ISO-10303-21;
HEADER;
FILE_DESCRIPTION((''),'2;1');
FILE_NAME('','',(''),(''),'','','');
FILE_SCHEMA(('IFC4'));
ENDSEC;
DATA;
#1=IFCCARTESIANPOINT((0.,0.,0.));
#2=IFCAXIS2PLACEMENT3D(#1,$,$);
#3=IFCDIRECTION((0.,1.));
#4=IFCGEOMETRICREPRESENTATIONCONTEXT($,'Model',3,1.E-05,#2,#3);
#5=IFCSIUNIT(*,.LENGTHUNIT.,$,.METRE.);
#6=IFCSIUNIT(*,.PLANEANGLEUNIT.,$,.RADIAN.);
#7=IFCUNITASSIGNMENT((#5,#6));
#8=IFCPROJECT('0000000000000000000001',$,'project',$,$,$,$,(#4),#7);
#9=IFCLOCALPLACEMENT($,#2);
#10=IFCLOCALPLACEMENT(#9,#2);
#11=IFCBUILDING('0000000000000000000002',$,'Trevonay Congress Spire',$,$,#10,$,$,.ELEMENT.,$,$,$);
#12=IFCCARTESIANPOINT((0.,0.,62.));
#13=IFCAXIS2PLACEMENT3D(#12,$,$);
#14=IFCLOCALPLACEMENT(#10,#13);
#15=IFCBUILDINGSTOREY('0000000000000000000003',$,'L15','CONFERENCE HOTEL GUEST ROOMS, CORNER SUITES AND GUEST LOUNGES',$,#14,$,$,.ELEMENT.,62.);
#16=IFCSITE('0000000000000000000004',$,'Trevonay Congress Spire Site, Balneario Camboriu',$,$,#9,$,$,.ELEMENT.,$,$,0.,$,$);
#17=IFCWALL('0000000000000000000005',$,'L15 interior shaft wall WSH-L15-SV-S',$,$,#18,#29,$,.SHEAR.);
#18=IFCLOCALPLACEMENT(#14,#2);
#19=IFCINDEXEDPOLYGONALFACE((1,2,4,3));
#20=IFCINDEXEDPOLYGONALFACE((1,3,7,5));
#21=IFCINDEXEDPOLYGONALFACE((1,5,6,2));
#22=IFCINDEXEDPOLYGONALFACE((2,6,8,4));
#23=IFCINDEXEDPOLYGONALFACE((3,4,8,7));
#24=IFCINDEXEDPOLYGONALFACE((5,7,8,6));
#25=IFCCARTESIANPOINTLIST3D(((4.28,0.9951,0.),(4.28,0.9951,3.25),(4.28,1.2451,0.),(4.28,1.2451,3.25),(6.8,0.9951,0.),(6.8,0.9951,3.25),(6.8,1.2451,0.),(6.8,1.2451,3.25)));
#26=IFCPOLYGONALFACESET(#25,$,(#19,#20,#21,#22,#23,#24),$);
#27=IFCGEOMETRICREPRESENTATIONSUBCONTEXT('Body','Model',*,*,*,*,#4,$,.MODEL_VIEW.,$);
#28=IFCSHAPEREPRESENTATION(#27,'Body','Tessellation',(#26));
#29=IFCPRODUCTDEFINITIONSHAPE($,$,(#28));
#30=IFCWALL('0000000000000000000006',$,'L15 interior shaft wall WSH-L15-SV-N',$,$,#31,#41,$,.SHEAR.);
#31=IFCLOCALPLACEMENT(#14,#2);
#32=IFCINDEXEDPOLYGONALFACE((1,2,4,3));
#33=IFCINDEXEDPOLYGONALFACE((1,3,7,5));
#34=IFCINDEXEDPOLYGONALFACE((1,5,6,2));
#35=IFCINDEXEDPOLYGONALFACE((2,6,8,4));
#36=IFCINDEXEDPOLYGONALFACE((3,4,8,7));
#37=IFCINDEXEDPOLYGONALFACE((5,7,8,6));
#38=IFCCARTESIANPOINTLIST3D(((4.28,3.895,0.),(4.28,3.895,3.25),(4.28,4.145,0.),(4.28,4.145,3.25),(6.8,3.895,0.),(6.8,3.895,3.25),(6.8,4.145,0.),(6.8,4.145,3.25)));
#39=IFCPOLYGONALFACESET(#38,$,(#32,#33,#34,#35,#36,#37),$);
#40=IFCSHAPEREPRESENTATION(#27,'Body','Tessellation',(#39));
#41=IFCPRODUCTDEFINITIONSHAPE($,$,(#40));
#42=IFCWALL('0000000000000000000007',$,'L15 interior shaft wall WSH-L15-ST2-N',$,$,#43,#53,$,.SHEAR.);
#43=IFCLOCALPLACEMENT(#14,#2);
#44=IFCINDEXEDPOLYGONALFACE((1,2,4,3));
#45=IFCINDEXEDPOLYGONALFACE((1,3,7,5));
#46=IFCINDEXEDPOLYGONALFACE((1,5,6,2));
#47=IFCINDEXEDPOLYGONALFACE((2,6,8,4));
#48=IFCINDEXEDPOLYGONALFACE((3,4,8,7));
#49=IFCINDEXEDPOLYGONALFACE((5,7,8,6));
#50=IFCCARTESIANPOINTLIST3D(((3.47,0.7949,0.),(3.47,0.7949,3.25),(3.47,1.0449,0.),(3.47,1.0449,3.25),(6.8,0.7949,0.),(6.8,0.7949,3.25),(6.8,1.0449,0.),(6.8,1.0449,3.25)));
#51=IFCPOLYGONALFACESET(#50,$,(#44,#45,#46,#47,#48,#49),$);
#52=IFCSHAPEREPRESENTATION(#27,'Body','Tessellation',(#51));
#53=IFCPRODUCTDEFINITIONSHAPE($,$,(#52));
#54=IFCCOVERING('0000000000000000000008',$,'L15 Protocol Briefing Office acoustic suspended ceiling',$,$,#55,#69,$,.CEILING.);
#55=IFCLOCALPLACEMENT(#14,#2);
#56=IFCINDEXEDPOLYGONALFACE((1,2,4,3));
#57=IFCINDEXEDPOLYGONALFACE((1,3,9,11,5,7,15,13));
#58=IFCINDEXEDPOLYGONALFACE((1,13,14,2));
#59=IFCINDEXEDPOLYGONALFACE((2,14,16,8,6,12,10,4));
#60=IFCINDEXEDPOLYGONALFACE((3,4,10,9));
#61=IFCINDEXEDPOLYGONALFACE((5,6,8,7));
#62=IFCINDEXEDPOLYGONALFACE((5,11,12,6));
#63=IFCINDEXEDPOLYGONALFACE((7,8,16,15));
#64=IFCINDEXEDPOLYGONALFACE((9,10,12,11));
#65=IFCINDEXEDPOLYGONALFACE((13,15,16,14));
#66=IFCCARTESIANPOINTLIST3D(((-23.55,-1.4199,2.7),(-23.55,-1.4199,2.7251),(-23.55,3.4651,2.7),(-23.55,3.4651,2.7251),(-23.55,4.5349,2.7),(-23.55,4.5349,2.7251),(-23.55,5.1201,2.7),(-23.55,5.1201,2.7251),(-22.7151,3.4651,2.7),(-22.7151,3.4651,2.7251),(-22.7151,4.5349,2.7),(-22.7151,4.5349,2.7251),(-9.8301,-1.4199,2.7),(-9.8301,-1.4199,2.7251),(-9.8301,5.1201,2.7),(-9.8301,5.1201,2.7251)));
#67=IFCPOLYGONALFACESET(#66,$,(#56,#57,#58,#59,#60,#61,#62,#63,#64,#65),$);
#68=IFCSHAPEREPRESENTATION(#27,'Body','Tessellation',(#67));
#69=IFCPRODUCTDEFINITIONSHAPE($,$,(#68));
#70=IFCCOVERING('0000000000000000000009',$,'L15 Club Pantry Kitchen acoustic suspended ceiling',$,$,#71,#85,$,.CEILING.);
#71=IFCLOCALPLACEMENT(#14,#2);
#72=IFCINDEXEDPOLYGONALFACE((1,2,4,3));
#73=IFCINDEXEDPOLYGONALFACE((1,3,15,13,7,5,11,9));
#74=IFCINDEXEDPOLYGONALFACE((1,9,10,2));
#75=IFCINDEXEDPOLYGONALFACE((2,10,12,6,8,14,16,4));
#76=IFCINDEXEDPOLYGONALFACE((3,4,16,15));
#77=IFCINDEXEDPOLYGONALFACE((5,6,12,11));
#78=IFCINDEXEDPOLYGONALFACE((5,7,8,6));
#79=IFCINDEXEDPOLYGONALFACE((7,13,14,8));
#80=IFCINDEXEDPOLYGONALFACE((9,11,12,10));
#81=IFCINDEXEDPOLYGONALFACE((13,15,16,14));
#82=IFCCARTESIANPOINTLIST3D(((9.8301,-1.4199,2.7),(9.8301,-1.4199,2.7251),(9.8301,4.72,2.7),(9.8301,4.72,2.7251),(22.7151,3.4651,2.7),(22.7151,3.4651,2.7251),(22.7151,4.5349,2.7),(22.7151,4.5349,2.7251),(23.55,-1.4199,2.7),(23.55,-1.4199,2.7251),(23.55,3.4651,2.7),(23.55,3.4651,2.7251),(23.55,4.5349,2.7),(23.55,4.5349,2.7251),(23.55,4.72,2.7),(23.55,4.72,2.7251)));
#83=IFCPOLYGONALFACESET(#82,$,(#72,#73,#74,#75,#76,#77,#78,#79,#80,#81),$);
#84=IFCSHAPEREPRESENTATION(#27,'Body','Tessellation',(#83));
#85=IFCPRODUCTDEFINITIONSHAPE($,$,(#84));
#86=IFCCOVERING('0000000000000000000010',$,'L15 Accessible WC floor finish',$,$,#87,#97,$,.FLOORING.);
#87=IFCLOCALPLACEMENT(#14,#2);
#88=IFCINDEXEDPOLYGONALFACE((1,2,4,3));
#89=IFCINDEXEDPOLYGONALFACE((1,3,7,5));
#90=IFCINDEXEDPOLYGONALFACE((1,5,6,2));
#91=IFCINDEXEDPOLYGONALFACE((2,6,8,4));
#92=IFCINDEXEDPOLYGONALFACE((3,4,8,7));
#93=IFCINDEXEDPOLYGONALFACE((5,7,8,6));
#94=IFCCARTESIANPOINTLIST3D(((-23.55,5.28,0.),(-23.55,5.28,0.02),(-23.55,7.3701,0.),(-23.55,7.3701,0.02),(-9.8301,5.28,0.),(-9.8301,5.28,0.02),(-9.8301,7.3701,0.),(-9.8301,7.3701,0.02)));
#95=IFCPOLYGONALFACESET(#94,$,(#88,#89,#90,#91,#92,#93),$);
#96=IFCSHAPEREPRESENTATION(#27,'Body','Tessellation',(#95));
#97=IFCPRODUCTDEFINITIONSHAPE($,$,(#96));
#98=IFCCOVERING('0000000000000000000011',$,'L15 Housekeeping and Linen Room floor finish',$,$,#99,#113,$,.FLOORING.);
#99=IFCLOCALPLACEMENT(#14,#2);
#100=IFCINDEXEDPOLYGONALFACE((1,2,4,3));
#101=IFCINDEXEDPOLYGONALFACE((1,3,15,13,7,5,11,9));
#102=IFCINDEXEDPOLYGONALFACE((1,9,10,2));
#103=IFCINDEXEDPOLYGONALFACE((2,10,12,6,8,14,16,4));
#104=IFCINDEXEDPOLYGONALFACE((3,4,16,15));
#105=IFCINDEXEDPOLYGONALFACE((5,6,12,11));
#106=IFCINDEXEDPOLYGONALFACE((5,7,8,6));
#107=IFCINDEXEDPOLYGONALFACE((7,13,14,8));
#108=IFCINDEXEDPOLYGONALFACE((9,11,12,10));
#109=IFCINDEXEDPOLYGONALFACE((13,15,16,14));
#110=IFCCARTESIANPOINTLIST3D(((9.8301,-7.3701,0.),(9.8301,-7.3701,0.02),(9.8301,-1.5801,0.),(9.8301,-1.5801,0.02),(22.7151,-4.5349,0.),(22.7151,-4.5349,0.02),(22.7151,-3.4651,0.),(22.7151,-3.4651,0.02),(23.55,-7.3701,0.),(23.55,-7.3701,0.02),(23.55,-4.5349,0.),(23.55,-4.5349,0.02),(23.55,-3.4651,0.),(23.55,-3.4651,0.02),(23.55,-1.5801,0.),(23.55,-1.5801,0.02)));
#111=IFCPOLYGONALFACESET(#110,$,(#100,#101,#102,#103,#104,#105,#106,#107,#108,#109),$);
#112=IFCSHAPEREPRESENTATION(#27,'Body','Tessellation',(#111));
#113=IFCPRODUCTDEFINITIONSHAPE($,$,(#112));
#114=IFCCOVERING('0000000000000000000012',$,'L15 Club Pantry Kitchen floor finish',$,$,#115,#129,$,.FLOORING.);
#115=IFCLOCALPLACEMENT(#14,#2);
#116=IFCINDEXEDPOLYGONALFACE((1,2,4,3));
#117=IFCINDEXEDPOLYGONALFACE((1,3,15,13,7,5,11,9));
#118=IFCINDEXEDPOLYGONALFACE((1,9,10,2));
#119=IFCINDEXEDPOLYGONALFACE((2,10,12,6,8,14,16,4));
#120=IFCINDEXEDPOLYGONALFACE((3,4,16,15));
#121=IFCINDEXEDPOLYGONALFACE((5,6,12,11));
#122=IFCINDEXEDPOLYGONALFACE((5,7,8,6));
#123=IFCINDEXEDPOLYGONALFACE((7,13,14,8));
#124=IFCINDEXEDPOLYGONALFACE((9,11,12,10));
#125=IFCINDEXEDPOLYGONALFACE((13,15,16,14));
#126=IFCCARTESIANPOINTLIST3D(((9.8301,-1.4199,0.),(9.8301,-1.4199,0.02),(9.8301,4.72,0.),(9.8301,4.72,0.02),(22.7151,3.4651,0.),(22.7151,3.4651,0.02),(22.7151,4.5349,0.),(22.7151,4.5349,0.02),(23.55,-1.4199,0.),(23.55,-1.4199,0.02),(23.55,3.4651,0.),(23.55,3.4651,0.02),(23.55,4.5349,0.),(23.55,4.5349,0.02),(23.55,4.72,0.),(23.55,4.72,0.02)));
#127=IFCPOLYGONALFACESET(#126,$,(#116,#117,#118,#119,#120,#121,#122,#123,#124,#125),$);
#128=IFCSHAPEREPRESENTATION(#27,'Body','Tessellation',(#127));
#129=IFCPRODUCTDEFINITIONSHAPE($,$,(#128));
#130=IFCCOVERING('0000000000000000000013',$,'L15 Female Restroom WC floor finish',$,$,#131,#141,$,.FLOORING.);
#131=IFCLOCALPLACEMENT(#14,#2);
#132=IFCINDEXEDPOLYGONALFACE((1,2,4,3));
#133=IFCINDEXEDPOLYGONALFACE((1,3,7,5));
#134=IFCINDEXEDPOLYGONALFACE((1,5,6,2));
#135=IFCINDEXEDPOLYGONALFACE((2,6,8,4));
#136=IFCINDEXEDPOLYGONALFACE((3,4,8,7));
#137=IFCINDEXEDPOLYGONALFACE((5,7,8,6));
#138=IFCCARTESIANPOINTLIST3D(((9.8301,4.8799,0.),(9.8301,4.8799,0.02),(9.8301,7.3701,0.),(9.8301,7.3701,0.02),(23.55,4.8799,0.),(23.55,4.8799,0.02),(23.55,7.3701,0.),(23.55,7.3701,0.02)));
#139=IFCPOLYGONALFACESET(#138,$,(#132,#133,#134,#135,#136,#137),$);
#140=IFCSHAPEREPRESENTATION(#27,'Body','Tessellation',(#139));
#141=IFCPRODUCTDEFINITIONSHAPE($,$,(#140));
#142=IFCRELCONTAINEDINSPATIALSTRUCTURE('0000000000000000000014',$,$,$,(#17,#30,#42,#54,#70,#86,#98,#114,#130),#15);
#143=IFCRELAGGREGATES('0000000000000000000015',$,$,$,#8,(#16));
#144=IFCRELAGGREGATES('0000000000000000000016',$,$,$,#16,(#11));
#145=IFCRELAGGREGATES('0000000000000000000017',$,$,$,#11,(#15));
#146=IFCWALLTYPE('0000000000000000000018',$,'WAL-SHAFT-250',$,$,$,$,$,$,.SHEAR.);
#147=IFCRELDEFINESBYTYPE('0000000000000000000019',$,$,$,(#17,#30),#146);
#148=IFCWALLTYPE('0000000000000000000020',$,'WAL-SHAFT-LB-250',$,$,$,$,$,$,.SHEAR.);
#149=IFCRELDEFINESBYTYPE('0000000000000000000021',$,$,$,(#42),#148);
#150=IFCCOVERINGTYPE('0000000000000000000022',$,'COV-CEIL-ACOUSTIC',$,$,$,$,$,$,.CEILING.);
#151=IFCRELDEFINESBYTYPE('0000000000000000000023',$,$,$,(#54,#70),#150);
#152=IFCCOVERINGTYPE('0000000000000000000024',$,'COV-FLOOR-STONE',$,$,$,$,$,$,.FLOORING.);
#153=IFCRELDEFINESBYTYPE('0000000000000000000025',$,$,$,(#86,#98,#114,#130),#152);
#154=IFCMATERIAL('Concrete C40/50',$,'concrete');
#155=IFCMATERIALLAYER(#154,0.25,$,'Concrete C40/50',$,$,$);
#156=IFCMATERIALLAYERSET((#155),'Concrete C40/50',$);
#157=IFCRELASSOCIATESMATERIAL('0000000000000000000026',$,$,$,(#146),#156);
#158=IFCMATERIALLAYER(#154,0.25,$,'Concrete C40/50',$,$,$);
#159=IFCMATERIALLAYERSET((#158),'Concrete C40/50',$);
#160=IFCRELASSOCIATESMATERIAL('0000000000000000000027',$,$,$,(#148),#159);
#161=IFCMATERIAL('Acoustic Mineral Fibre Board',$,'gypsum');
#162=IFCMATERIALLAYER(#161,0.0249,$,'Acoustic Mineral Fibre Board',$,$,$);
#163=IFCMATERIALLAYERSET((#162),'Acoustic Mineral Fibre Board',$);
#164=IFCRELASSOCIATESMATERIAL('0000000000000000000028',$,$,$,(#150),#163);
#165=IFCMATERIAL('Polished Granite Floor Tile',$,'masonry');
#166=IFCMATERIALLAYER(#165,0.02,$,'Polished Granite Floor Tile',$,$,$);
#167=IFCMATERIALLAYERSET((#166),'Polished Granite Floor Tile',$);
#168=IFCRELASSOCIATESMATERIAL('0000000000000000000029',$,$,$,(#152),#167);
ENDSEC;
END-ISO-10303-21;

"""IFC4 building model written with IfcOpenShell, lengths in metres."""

from ifc_helpers import new_model, si_unit, direction, frame, frame_2d, origin, place, context, subcontext, project, spatial, polyline, rectangle, outline, extrude, material, layer, layer_set, type_object, element, save


model = new_model("IFC4")

# Units and contexts
model_context = context("Model", 3, precision=1e-05, world=origin(), true_north=direction((0.0, 1.0)))
body_context = subcontext(model_context, "Body", "Model", "MODEL_VIEW")
ifc_project = project(units=[si_unit("LENGTHUNIT", "METRE"), si_unit("PLANEANGLEUNIT", "RADIAN")], contexts=[model_context])

# Site, building, storey
site_placement = place(None, origin())
site = spatial("IfcSite", under=ifc_project, at=site_placement, Name="Trevonay Congress Spire Site, Balneario Camboriu", CompositionType="ELEMENT", RefElevation=0.0)
building_placement = place(site_placement, origin())
building = spatial("IfcBuilding", under=site, at=building_placement, Name="Trevonay Congress Spire", CompositionType="ELEMENT")
storey_placement = place(building_placement, frame((0.0, 0.0, 62.0)))
storey = spatial("IfcBuildingStorey", under=building, at=storey_placement, Name="L15", Description="CONFERENCE HOTEL GUEST ROOMS, CORNER SUITES AND GUEST LOUNGES", CompositionType="ELEMENT", Elevation=62.0)

# Shared definitions
ifc_material_1 = material(Name="Concrete C40/50", Category="concrete")

# Shared definitions
ifc_layer_1 = layer(ifc_material_1, 0.25, Name="Concrete C40/50")
ifc_layer_set_1 = layer_set([ifc_layer_1], Name="Concrete C40/50")
wall_type_1 = type_object("IfcWallType", Name="WAL-SHAFT-250", PredefinedType="SHEAR", material=ifc_layer_set_1)

# Walls
for number, where, z_axis, x_axis, name in (
    (1, (4.28, 1.1201, 0.0), (0.0, 0.0, 1.0), (1.0, 0.0, 0.0), "L15 interior shaft wall WSH-L15-SV-S"),
    (2, (4.28, 4.02, 0.0), (0.0, 0.0, 1.0), (1.0, 0.0, 0.0), "L15 interior shaft wall WSH-L15-SV-N"),
):
    element("IfcWall", number, at=place(storey_placement, frame(where, z_axis=z_axis, x_axis=x_axis)), inside=storey, type_object=wall_type_1, Name=name, PredefinedType="SHEAR", context=body_context, shape_type="SweptSolid", body=[
        extrude(rectangle(XDim=2.52, YDim=0.25, at=frame_2d((1.26, 0.0))), origin(), (0.0, 0.0, 1.0), 3.25),
    ])
ifc_layer_2 = layer(ifc_material_1, 0.25, Name="Concrete C40/50")
ifc_layer_set_2 = layer_set([ifc_layer_2], Name="Concrete C40/50")
wall_type_2 = type_object("IfcWallType", Name="WAL-SHAFT-LB-250", PredefinedType="SHEAR", material=ifc_layer_set_2)
wall_1_placement = place(storey_placement, frame((3.47, 0.9199, 0.0), z_axis=(0.0, 0.0, 1.0), x_axis=(1.0, 0.0, 0.0)))
element("IfcWall", 3, at=wall_1_placement, inside=storey, type_object=wall_type_2, Name="L15 interior shaft wall WSH-L15-ST2-N", PredefinedType="SHEAR", context=body_context, shape_type="SweptSolid", body=[
    extrude(rectangle(XDim=3.3301, YDim=0.25, at=frame_2d((1.665, 0.0))), origin(), (0.0, 0.0, 1.0), 3.25),
])

# Coverings
ifc_material_2 = material(Name="Acoustic Mineral Fibre Board", Category="gypsum")
ifc_layer_3 = layer(ifc_material_2, 0.0249, Name="Acoustic Mineral Fibre Board")
ifc_layer_set_3 = layer_set([ifc_layer_3], Name="Acoustic Mineral Fibre Board")
covering_type_1 = type_object("IfcCoveringType", Name="COV-CEIL-ACOUSTIC", PredefinedType="CEILING", material=ifc_layer_set_3)
covering_1_placement = place(storey_placement, frame((0.0, 0.0, 2.7)))
element("IfcCovering", 4, at=covering_1_placement, inside=storey, type_object=covering_type_1, Name="L15 Protocol Briefing Office acoustic suspended ceiling", PredefinedType="CEILING", context=body_context, shape_type="SweptSolid", body=[
    extrude(outline(polyline([(-23.55, 5.1201), (-9.8301, 5.1201), (-9.8301, -1.4199), (-23.55, -1.4199), (-23.55, 3.4651), (-22.7151, 3.4651), (-22.7151, 4.5349), (-23.55, 4.5349), (-23.55, 5.1201)])), origin(), (0.0, 0.0, 1.0), 0.0251),
])
covering_2_placement = place(storey_placement, frame((0.0, 0.0, 2.7)))
element("IfcCovering", 5, at=covering_2_placement, inside=storey, type_object=covering_type_1, Name="L15 Club Pantry Kitchen acoustic suspended ceiling", PredefinedType="CEILING", context=body_context, shape_type="SweptSolid", body=[
    extrude(outline(polyline([(23.55, -1.4199), (9.8301, -1.4199), (9.8301, 4.72), (23.55, 4.72), (23.55, 4.5349), (22.7151, 4.5349), (22.7151, 3.4651), (23.55, 3.4651), (23.55, -1.4199)])), origin(), (0.0, 0.0, 1.0), 0.0251),
])
ifc_material_3 = material(Name="Polished Granite Floor Tile", Category="masonry")
ifc_layer_4 = layer(ifc_material_3, 0.02, Name="Polished Granite Floor Tile")
ifc_layer_set_4 = layer_set([ifc_layer_4], Name="Polished Granite Floor Tile")
covering_type_2 = type_object("IfcCoveringType", Name="COV-FLOOR-STONE", PredefinedType="FLOORING", material=ifc_layer_set_4)
covering_3_placement = place(storey_placement, origin())
element("IfcCovering", 6, at=covering_3_placement, inside=storey, type_object=covering_type_2, Name="L15 Accessible WC floor finish", PredefinedType="FLOORING", context=body_context, shape_type="SweptSolid", body=[
    extrude(outline(polyline([(-23.55, 5.28), (-9.8301, 5.28), (-9.8301, 7.3701), (-23.55, 7.3701), (-23.55, 5.28)])), origin(), (0.0, 0.0, 1.0), 0.02),
])
covering_4_placement = place(storey_placement, origin())
element("IfcCovering", 7, at=covering_4_placement, inside=storey, type_object=covering_type_2, Name="L15 Housekeeping and Linen Room floor finish", PredefinedType="FLOORING", context=body_context, shape_type="SweptSolid", body=[
    extrude(outline(polyline([(23.55, -7.3701), (9.8301, -7.3701), (9.8301, -1.5801), (23.55, -1.5801), (23.55, -3.4651), (22.7151, -3.4651), (22.7151, -4.5349), (23.55, -4.5349), (23.55, -7.3701)])), origin(), (0.0, 0.0, 1.0), 0.02),
])
covering_5_placement = place(storey_placement, origin())
element("IfcCovering", 8, at=covering_5_placement, inside=storey, type_object=covering_type_2, Name="L15 Club Pantry Kitchen floor finish", PredefinedType="FLOORING", context=body_context, shape_type="SweptSolid", body=[
    extrude(outline(polyline([(23.55, -1.4199), (9.8301, -1.4199), (9.8301, 4.72), (23.55, 4.72), (23.55, 4.5349), (22.7151, 4.5349), (22.7151, 3.4651), (23.55, 3.4651), (23.55, -1.4199)])), origin(), (0.0, 0.0, 1.0), 0.02),
])
covering_6_placement = place(storey_placement, origin())
element("IfcCovering", 9, at=covering_6_placement, inside=storey, type_object=covering_type_2, Name="L15 Female Restroom WC floor finish", PredefinedType="FLOORING", context=body_context, shape_type="SweptSolid", body=[
    extrude(outline(polyline([(9.8301, 4.8799), (23.55, 4.8799), (23.55, 7.3701), (9.8301, 7.3701), (9.8301, 4.8799)])), origin(), (0.0, 0.0, 1.0), 0.02),
])

save(model, "model.ifc")
